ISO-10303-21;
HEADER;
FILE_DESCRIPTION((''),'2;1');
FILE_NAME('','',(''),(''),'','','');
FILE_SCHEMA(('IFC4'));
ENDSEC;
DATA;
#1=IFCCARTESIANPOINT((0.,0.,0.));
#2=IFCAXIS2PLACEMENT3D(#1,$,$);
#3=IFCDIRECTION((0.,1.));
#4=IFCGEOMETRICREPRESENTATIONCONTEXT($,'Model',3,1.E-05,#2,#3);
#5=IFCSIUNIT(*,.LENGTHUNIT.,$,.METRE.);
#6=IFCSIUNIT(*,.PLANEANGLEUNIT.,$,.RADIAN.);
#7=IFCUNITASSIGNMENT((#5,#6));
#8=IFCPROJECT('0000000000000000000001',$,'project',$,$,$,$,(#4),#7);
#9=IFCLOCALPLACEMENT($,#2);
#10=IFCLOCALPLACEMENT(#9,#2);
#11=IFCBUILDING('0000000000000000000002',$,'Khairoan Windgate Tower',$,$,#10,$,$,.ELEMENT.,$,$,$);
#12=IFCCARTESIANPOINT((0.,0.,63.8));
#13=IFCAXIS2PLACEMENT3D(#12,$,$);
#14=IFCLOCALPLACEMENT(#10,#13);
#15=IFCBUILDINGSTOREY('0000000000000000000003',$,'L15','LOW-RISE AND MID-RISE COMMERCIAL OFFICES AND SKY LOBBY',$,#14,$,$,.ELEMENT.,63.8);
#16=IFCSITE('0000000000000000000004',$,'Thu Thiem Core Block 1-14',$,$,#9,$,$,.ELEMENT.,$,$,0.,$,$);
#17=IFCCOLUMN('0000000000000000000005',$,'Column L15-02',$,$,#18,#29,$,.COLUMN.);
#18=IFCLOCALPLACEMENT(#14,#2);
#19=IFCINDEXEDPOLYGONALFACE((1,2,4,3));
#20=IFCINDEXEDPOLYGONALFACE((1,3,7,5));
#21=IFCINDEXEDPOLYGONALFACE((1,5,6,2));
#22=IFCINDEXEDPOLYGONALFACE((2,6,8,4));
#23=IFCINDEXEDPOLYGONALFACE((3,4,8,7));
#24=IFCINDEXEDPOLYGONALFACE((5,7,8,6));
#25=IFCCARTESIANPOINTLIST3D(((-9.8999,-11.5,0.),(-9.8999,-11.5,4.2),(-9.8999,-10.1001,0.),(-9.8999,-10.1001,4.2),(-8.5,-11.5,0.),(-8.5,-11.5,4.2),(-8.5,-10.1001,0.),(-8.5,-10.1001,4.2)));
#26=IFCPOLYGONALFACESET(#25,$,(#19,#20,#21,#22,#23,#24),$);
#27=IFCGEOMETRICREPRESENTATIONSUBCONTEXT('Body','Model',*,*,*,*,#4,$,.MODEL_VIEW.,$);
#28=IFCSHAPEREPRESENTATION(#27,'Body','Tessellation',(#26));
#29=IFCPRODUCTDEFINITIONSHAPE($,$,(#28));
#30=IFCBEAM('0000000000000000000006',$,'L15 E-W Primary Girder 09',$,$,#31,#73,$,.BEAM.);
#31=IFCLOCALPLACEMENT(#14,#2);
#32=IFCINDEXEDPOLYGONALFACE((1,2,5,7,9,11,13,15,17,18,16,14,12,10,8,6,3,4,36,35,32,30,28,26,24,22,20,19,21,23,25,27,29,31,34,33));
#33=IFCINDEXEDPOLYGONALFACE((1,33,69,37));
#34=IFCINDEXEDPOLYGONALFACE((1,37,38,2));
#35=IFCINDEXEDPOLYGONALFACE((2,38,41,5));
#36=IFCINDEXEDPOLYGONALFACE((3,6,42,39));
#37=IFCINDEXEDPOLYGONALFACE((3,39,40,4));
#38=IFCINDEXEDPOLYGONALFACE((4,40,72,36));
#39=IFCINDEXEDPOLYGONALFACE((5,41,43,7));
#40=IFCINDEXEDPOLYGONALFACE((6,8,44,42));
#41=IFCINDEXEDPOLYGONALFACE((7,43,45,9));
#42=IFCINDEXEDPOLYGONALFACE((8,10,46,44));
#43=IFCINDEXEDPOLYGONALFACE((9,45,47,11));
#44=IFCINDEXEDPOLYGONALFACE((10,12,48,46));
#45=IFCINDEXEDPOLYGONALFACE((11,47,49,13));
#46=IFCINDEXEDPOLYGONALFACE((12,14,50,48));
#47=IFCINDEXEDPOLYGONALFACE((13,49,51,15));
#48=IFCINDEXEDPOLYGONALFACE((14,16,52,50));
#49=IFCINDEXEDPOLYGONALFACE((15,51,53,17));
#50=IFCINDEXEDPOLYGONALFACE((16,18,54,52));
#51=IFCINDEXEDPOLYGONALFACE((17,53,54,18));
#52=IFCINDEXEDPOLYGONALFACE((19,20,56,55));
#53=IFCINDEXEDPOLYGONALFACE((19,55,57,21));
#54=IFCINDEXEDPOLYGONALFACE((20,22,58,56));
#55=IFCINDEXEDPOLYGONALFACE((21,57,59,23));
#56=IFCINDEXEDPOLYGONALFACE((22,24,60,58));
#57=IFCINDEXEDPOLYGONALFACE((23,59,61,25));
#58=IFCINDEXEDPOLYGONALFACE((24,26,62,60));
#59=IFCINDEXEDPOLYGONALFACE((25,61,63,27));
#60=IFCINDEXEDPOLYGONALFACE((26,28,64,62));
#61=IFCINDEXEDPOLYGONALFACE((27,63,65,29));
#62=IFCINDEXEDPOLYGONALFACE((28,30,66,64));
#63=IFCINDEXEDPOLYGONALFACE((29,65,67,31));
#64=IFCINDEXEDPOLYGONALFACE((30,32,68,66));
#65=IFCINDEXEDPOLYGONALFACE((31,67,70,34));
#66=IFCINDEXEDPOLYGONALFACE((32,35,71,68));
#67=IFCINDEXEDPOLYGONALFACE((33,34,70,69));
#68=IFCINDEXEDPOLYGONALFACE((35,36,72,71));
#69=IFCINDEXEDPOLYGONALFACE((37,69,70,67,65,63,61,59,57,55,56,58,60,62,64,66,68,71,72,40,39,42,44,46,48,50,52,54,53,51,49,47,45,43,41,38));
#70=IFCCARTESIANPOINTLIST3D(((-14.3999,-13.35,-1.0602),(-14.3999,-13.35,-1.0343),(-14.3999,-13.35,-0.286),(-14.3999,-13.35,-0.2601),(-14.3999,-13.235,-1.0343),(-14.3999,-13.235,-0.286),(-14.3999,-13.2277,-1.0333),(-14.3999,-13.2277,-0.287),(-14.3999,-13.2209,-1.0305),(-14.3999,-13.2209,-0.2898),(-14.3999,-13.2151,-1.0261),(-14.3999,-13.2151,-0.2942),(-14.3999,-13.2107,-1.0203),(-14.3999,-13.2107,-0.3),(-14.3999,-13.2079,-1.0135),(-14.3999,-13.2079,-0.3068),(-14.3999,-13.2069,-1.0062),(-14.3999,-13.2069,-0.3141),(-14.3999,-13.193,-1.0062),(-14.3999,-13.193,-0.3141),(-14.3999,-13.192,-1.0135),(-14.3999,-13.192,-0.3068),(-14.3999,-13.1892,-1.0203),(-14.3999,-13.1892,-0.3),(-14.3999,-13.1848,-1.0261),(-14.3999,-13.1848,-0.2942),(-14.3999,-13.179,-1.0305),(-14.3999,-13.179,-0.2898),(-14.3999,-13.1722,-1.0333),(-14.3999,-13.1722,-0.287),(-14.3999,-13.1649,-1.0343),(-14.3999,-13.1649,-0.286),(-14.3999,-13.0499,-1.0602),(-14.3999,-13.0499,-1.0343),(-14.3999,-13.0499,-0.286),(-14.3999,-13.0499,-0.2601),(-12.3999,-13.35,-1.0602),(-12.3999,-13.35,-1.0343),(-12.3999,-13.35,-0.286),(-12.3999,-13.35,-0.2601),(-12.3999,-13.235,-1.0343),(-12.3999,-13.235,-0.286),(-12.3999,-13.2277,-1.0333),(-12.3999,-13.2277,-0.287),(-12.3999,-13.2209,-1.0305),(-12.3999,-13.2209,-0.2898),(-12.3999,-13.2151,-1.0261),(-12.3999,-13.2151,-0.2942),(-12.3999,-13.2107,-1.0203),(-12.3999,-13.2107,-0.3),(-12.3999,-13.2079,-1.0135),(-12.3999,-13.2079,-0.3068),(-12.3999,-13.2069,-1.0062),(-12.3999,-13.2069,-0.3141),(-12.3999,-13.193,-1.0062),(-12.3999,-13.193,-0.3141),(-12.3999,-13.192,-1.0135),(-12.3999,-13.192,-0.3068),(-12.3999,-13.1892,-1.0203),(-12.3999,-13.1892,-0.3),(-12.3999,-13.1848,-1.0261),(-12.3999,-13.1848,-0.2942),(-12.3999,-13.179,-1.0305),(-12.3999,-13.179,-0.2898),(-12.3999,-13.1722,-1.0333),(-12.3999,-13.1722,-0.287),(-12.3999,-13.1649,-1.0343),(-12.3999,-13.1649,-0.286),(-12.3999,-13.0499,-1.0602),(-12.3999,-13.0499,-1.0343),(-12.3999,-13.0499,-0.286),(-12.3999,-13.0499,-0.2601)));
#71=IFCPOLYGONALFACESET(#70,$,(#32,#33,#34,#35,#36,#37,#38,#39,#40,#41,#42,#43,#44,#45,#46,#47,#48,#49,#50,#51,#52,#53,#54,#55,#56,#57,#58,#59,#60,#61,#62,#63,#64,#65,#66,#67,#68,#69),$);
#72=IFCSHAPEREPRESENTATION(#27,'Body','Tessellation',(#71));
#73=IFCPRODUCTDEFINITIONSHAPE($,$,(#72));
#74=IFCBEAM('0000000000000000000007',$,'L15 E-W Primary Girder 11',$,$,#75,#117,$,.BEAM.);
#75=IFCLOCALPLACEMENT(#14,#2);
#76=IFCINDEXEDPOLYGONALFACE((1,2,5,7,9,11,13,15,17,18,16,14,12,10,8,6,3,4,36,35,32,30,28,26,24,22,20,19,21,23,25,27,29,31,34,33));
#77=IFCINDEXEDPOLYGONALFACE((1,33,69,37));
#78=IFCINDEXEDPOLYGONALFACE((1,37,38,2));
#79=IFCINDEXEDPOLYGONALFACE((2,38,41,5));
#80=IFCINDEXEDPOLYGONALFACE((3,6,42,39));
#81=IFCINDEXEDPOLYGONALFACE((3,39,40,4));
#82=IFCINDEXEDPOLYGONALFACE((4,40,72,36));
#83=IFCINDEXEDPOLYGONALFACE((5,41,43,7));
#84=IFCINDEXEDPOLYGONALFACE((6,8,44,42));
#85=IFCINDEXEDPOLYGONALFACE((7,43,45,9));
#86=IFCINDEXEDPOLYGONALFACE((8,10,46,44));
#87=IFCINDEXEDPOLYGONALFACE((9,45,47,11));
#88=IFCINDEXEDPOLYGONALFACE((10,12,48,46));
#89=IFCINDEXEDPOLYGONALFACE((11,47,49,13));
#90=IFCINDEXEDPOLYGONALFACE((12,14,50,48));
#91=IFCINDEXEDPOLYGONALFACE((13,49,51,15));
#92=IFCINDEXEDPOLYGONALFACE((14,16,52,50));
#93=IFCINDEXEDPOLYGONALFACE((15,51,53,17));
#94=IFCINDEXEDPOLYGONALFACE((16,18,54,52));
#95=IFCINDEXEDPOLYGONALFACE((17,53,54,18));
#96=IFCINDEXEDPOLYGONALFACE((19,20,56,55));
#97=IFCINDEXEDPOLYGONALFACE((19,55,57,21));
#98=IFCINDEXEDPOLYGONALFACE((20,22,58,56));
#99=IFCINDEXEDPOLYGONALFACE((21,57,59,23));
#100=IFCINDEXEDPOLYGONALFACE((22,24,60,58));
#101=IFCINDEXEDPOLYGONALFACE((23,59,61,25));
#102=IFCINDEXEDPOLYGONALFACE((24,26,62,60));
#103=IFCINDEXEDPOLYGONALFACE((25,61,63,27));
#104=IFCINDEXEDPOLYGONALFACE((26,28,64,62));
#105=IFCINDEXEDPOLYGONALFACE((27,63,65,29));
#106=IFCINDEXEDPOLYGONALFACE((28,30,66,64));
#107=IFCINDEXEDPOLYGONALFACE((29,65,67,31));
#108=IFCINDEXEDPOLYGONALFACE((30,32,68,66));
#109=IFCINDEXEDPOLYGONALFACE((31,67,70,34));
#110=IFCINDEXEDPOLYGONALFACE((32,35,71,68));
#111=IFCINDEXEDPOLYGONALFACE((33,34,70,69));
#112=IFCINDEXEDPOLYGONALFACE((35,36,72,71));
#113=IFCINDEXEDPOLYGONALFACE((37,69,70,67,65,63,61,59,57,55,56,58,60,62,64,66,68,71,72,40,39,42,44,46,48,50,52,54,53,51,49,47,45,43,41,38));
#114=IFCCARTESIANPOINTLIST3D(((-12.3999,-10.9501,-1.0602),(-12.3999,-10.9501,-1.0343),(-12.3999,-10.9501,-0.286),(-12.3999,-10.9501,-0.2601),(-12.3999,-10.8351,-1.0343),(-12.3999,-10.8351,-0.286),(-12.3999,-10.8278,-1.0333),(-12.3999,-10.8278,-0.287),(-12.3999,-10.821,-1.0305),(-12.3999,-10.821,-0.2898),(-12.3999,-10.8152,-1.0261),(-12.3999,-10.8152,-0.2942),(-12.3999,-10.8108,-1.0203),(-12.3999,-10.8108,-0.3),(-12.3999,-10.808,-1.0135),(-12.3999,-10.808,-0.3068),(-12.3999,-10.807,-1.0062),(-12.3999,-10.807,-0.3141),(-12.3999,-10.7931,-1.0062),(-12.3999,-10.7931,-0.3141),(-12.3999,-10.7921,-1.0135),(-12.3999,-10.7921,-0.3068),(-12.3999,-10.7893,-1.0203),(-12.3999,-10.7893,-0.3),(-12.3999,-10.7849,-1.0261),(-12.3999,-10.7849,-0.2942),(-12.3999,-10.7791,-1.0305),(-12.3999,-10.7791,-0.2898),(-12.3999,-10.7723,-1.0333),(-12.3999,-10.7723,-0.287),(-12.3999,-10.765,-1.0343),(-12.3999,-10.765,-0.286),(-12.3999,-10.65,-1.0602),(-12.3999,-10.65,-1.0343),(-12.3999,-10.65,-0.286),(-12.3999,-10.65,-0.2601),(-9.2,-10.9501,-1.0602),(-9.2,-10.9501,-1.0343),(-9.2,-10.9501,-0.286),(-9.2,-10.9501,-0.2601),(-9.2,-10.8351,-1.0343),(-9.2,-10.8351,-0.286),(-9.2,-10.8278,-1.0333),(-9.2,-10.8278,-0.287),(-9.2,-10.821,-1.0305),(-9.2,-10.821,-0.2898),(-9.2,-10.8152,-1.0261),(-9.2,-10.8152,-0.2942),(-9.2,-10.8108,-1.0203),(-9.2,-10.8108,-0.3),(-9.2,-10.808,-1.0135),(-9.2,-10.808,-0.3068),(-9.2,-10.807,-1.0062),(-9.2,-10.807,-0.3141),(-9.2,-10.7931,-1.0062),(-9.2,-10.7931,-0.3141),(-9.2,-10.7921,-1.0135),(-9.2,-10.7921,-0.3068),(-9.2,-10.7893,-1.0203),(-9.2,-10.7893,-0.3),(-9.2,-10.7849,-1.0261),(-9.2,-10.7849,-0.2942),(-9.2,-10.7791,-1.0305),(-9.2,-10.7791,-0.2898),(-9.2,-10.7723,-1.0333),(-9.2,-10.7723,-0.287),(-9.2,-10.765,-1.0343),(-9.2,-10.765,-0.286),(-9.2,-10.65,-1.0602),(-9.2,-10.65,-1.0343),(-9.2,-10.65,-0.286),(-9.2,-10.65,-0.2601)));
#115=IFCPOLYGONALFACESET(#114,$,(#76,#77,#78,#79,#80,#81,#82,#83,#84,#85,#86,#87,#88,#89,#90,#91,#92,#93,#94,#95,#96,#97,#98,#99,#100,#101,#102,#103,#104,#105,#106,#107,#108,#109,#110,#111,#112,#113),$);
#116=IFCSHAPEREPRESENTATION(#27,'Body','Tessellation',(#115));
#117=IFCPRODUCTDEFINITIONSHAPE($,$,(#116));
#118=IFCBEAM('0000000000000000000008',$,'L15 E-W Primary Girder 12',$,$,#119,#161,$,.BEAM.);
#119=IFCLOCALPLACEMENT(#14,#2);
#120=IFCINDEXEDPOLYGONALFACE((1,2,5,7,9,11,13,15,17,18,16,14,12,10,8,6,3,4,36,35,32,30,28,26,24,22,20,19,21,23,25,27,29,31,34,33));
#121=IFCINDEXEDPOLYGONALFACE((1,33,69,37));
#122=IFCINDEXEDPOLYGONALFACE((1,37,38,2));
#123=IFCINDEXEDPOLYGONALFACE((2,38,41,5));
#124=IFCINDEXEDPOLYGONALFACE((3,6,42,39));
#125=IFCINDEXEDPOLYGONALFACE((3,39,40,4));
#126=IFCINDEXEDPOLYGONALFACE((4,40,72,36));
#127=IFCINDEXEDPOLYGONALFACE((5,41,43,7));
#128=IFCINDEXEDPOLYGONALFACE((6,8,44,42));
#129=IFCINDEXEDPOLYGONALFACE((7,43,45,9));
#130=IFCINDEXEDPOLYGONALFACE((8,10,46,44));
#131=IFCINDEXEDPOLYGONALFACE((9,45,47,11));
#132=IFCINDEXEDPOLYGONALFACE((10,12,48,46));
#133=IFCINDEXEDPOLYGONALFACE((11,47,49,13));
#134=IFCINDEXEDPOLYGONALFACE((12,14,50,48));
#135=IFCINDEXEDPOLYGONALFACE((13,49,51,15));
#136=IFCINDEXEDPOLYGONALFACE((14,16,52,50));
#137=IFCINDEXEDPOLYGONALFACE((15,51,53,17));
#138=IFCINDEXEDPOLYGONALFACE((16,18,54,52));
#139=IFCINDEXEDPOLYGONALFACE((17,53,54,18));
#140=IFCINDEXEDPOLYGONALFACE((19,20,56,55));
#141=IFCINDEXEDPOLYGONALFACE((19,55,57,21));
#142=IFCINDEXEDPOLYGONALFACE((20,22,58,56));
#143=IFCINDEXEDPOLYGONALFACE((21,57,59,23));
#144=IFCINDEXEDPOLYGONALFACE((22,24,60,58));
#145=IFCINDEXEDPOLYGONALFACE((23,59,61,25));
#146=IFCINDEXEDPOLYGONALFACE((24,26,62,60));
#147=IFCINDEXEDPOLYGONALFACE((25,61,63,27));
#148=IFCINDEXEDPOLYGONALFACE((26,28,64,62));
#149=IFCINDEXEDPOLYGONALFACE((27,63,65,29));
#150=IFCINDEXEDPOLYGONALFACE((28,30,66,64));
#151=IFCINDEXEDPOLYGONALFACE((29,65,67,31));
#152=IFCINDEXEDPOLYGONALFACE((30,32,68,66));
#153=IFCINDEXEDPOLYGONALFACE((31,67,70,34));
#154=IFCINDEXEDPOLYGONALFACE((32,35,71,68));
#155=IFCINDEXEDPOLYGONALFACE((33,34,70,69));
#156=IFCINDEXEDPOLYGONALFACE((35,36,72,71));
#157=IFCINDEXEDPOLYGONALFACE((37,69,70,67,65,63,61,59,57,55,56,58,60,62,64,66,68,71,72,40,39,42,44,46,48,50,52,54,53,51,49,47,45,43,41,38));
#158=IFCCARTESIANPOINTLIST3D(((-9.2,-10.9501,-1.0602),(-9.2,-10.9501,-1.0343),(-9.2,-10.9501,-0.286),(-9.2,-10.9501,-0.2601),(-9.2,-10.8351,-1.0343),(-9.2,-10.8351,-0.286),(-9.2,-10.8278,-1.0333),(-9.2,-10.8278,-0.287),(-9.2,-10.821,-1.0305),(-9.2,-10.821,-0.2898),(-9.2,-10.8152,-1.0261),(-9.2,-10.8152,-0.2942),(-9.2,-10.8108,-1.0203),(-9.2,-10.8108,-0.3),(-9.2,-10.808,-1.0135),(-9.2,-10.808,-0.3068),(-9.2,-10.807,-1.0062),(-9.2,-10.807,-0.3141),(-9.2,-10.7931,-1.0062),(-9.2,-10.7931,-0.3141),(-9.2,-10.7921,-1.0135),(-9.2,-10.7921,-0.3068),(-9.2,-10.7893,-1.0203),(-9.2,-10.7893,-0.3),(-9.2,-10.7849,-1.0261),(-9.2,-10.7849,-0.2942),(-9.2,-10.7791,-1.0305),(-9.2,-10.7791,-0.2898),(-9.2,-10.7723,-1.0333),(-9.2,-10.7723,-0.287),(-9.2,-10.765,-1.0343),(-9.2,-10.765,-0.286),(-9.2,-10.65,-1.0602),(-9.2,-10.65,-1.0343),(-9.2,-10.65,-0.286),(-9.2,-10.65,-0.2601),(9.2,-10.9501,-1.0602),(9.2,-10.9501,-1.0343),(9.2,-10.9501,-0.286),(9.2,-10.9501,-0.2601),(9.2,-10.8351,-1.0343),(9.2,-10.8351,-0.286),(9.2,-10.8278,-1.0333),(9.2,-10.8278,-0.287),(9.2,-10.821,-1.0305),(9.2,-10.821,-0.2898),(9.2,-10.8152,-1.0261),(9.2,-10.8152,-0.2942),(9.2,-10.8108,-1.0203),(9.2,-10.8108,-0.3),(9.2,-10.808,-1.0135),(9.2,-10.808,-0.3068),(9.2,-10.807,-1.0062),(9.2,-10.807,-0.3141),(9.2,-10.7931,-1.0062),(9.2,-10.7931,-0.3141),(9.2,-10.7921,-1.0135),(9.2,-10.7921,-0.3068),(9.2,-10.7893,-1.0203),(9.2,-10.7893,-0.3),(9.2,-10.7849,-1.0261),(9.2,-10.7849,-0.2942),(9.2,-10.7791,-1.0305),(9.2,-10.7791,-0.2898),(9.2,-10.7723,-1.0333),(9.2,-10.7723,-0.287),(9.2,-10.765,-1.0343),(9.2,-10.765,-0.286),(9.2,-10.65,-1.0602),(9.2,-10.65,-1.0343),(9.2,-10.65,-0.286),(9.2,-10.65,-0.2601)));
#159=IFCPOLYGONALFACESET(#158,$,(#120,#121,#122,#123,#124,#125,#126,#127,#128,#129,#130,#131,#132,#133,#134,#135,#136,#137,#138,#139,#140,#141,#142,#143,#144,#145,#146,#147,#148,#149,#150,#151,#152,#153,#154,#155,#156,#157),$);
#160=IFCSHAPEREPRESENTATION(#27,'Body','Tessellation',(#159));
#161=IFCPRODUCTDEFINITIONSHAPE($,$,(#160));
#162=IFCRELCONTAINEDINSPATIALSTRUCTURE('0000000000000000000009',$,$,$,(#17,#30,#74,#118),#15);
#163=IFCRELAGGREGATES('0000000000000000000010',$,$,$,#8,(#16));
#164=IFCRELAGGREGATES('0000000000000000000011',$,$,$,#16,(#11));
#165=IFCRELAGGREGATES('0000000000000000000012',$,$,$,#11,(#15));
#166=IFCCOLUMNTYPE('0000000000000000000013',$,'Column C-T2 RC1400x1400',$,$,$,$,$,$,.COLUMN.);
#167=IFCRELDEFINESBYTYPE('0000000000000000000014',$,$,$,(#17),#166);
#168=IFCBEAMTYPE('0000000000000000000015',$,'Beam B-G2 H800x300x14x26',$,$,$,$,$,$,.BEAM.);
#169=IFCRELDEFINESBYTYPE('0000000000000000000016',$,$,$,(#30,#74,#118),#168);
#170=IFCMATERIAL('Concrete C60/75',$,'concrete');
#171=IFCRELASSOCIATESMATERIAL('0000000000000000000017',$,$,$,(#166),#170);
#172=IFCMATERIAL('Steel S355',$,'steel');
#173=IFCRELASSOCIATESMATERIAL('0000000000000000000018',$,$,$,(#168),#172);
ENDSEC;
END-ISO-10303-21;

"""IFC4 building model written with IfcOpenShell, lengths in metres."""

from ifc_helpers import new_model, si_unit, direction, frame, origin, origin_2d, place, context, subcontext, project, spatial, rectangle, i_section, extrude, material, material_profile, profile_set, type_object, element, save


model = new_model("IFC4")

# Units and contexts
model_context = context("Model", 3, precision=1e-05, world=origin(), true_north=direction((0.0, 1.0)))
body_context = subcontext(model_context, "Body", "Model", "MODEL_VIEW")
ifc_project = project(units=[si_unit("LENGTHUNIT", "METRE"), si_unit("PLANEANGLEUNIT", "RADIAN")], contexts=[model_context])

# Site, building, storey
site_placement = place(None, origin())
site = spatial("IfcSite", under=ifc_project, at=site_placement, Name="Thu Thiem Core Block 1-14", CompositionType="ELEMENT", RefElevation=0.0)
building_placement = place(site_placement, origin())
building = spatial("IfcBuilding", under=site, at=building_placement, Name="Khairoan Windgate Tower", CompositionType="ELEMENT")
storey_placement = place(building_placement, frame((0.0, 0.0, 63.8)))
storey = spatial("IfcBuildingStorey", under=building, at=storey_placement, Name="L15", Description="LOW-RISE AND MID-RISE COMMERCIAL OFFICES AND SKY LOBBY", CompositionType="ELEMENT", Elevation=63.8)

# Column
ifc_material_1 = material(Name="Concrete C60/75", Category="concrete")
ifc_material_profile_1 = material_profile(ifc_material_1, rectangle(XDim=1.3999, YDim=1.3999, at=origin_2d()))
ifc_profile_set_1 = profile_set([ifc_material_profile_1], Name="Concrete C60/75")
column_type = type_object("IfcColumnType", Name="Column C-T2 RC1400x1400", PredefinedType="COLUMN", material=ifc_profile_set_1)
column_placement = place(storey_placement, frame((-9.2, -10.8, 0.0), z_axis=(0.0, 0.0, 1.0), x_axis=(1.0, 0.0, 0.0)))
element("IfcColumn", 1, at=column_placement, inside=storey, type_object=column_type, Name="Column L15-02", PredefinedType="COLUMN", context=body_context, shape_type="SweptSolid", body=[
    extrude(rectangle(XDim=1.3999, YDim=1.3999, at=origin_2d()), origin(), (0.0, 0.0, 1.0), 4.2),
])

# Beams
ifc_material_2 = material(Name="Steel S355", Category="steel")
ifc_material_profile_2 = material_profile(ifc_material_2, i_section(OverallWidth=0.3, OverallDepth=0.8, WebThickness=0.0139, FlangeThickness=0.0259, FilletRadius=0.0281, at=origin_2d()))
ifc_profile_set_2 = profile_set([ifc_material_profile_2], Name="Steel S355")
beam_type_1 = type_object("IfcBeamType", Name="Beam B-G2 H800x300x14x26", PredefinedType="BEAM", material=ifc_profile_set_2)
beam_1_placement = place(storey_placement, frame((-14.3999, -13.2, -0.6602), z_axis=(1.0, 0.0, 0.0), x_axis=(0.0, 1.0, 0.0)))
element("IfcBeam", 2, at=beam_1_placement, inside=storey, type_object=beam_type_1, Name="L15 E-W Primary Girder 09", PredefinedType="BEAM", context=body_context, shape_type="SweptSolid", body=[
    extrude(i_section(OverallWidth=0.3, OverallDepth=0.8, WebThickness=0.0139, FlangeThickness=0.0259, FilletRadius=0.0281, at=origin_2d()), origin(), (0.0, 0.0, 1.0), 2.0),
])
beam_2_placement = place(storey_placement, frame((-12.3999, -10.8, -0.6602), z_axis=(1.0, 0.0, 0.0), x_axis=(0.0, 1.0, 0.0)))
element("IfcBeam", 3, at=beam_2_placement, inside=storey, type_object=beam_type_1, Name="L15 E-W Primary Girder 11", PredefinedType="BEAM", context=body_context, shape_type="SweptSolid", body=[
    extrude(i_section(OverallWidth=0.3, OverallDepth=0.8, WebThickness=0.0139, FlangeThickness=0.0259, FilletRadius=0.0281, at=origin_2d()), origin(), (0.0, 0.0, 1.0), 3.2),
])
beam_3_placement = place(storey_placement, frame((-9.2, -10.8, -0.6602), z_axis=(1.0, 0.0, 0.0), x_axis=(0.0, 1.0, 0.0)))
element("IfcBeam", 4, at=beam_3_placement, inside=storey, type_object=beam_type_1, Name="L15 E-W Primary Girder 12", PredefinedType="BEAM", context=body_context, shape_type="SweptSolid", body=[
    extrude(i_section(OverallWidth=0.3, OverallDepth=0.8, WebThickness=0.0139, FlangeThickness=0.0259, FilletRadius=0.0281, at=origin_2d()), origin(), (0.0, 0.0, 1.0), 18.3999),
])

save(model, "model.ifc")
